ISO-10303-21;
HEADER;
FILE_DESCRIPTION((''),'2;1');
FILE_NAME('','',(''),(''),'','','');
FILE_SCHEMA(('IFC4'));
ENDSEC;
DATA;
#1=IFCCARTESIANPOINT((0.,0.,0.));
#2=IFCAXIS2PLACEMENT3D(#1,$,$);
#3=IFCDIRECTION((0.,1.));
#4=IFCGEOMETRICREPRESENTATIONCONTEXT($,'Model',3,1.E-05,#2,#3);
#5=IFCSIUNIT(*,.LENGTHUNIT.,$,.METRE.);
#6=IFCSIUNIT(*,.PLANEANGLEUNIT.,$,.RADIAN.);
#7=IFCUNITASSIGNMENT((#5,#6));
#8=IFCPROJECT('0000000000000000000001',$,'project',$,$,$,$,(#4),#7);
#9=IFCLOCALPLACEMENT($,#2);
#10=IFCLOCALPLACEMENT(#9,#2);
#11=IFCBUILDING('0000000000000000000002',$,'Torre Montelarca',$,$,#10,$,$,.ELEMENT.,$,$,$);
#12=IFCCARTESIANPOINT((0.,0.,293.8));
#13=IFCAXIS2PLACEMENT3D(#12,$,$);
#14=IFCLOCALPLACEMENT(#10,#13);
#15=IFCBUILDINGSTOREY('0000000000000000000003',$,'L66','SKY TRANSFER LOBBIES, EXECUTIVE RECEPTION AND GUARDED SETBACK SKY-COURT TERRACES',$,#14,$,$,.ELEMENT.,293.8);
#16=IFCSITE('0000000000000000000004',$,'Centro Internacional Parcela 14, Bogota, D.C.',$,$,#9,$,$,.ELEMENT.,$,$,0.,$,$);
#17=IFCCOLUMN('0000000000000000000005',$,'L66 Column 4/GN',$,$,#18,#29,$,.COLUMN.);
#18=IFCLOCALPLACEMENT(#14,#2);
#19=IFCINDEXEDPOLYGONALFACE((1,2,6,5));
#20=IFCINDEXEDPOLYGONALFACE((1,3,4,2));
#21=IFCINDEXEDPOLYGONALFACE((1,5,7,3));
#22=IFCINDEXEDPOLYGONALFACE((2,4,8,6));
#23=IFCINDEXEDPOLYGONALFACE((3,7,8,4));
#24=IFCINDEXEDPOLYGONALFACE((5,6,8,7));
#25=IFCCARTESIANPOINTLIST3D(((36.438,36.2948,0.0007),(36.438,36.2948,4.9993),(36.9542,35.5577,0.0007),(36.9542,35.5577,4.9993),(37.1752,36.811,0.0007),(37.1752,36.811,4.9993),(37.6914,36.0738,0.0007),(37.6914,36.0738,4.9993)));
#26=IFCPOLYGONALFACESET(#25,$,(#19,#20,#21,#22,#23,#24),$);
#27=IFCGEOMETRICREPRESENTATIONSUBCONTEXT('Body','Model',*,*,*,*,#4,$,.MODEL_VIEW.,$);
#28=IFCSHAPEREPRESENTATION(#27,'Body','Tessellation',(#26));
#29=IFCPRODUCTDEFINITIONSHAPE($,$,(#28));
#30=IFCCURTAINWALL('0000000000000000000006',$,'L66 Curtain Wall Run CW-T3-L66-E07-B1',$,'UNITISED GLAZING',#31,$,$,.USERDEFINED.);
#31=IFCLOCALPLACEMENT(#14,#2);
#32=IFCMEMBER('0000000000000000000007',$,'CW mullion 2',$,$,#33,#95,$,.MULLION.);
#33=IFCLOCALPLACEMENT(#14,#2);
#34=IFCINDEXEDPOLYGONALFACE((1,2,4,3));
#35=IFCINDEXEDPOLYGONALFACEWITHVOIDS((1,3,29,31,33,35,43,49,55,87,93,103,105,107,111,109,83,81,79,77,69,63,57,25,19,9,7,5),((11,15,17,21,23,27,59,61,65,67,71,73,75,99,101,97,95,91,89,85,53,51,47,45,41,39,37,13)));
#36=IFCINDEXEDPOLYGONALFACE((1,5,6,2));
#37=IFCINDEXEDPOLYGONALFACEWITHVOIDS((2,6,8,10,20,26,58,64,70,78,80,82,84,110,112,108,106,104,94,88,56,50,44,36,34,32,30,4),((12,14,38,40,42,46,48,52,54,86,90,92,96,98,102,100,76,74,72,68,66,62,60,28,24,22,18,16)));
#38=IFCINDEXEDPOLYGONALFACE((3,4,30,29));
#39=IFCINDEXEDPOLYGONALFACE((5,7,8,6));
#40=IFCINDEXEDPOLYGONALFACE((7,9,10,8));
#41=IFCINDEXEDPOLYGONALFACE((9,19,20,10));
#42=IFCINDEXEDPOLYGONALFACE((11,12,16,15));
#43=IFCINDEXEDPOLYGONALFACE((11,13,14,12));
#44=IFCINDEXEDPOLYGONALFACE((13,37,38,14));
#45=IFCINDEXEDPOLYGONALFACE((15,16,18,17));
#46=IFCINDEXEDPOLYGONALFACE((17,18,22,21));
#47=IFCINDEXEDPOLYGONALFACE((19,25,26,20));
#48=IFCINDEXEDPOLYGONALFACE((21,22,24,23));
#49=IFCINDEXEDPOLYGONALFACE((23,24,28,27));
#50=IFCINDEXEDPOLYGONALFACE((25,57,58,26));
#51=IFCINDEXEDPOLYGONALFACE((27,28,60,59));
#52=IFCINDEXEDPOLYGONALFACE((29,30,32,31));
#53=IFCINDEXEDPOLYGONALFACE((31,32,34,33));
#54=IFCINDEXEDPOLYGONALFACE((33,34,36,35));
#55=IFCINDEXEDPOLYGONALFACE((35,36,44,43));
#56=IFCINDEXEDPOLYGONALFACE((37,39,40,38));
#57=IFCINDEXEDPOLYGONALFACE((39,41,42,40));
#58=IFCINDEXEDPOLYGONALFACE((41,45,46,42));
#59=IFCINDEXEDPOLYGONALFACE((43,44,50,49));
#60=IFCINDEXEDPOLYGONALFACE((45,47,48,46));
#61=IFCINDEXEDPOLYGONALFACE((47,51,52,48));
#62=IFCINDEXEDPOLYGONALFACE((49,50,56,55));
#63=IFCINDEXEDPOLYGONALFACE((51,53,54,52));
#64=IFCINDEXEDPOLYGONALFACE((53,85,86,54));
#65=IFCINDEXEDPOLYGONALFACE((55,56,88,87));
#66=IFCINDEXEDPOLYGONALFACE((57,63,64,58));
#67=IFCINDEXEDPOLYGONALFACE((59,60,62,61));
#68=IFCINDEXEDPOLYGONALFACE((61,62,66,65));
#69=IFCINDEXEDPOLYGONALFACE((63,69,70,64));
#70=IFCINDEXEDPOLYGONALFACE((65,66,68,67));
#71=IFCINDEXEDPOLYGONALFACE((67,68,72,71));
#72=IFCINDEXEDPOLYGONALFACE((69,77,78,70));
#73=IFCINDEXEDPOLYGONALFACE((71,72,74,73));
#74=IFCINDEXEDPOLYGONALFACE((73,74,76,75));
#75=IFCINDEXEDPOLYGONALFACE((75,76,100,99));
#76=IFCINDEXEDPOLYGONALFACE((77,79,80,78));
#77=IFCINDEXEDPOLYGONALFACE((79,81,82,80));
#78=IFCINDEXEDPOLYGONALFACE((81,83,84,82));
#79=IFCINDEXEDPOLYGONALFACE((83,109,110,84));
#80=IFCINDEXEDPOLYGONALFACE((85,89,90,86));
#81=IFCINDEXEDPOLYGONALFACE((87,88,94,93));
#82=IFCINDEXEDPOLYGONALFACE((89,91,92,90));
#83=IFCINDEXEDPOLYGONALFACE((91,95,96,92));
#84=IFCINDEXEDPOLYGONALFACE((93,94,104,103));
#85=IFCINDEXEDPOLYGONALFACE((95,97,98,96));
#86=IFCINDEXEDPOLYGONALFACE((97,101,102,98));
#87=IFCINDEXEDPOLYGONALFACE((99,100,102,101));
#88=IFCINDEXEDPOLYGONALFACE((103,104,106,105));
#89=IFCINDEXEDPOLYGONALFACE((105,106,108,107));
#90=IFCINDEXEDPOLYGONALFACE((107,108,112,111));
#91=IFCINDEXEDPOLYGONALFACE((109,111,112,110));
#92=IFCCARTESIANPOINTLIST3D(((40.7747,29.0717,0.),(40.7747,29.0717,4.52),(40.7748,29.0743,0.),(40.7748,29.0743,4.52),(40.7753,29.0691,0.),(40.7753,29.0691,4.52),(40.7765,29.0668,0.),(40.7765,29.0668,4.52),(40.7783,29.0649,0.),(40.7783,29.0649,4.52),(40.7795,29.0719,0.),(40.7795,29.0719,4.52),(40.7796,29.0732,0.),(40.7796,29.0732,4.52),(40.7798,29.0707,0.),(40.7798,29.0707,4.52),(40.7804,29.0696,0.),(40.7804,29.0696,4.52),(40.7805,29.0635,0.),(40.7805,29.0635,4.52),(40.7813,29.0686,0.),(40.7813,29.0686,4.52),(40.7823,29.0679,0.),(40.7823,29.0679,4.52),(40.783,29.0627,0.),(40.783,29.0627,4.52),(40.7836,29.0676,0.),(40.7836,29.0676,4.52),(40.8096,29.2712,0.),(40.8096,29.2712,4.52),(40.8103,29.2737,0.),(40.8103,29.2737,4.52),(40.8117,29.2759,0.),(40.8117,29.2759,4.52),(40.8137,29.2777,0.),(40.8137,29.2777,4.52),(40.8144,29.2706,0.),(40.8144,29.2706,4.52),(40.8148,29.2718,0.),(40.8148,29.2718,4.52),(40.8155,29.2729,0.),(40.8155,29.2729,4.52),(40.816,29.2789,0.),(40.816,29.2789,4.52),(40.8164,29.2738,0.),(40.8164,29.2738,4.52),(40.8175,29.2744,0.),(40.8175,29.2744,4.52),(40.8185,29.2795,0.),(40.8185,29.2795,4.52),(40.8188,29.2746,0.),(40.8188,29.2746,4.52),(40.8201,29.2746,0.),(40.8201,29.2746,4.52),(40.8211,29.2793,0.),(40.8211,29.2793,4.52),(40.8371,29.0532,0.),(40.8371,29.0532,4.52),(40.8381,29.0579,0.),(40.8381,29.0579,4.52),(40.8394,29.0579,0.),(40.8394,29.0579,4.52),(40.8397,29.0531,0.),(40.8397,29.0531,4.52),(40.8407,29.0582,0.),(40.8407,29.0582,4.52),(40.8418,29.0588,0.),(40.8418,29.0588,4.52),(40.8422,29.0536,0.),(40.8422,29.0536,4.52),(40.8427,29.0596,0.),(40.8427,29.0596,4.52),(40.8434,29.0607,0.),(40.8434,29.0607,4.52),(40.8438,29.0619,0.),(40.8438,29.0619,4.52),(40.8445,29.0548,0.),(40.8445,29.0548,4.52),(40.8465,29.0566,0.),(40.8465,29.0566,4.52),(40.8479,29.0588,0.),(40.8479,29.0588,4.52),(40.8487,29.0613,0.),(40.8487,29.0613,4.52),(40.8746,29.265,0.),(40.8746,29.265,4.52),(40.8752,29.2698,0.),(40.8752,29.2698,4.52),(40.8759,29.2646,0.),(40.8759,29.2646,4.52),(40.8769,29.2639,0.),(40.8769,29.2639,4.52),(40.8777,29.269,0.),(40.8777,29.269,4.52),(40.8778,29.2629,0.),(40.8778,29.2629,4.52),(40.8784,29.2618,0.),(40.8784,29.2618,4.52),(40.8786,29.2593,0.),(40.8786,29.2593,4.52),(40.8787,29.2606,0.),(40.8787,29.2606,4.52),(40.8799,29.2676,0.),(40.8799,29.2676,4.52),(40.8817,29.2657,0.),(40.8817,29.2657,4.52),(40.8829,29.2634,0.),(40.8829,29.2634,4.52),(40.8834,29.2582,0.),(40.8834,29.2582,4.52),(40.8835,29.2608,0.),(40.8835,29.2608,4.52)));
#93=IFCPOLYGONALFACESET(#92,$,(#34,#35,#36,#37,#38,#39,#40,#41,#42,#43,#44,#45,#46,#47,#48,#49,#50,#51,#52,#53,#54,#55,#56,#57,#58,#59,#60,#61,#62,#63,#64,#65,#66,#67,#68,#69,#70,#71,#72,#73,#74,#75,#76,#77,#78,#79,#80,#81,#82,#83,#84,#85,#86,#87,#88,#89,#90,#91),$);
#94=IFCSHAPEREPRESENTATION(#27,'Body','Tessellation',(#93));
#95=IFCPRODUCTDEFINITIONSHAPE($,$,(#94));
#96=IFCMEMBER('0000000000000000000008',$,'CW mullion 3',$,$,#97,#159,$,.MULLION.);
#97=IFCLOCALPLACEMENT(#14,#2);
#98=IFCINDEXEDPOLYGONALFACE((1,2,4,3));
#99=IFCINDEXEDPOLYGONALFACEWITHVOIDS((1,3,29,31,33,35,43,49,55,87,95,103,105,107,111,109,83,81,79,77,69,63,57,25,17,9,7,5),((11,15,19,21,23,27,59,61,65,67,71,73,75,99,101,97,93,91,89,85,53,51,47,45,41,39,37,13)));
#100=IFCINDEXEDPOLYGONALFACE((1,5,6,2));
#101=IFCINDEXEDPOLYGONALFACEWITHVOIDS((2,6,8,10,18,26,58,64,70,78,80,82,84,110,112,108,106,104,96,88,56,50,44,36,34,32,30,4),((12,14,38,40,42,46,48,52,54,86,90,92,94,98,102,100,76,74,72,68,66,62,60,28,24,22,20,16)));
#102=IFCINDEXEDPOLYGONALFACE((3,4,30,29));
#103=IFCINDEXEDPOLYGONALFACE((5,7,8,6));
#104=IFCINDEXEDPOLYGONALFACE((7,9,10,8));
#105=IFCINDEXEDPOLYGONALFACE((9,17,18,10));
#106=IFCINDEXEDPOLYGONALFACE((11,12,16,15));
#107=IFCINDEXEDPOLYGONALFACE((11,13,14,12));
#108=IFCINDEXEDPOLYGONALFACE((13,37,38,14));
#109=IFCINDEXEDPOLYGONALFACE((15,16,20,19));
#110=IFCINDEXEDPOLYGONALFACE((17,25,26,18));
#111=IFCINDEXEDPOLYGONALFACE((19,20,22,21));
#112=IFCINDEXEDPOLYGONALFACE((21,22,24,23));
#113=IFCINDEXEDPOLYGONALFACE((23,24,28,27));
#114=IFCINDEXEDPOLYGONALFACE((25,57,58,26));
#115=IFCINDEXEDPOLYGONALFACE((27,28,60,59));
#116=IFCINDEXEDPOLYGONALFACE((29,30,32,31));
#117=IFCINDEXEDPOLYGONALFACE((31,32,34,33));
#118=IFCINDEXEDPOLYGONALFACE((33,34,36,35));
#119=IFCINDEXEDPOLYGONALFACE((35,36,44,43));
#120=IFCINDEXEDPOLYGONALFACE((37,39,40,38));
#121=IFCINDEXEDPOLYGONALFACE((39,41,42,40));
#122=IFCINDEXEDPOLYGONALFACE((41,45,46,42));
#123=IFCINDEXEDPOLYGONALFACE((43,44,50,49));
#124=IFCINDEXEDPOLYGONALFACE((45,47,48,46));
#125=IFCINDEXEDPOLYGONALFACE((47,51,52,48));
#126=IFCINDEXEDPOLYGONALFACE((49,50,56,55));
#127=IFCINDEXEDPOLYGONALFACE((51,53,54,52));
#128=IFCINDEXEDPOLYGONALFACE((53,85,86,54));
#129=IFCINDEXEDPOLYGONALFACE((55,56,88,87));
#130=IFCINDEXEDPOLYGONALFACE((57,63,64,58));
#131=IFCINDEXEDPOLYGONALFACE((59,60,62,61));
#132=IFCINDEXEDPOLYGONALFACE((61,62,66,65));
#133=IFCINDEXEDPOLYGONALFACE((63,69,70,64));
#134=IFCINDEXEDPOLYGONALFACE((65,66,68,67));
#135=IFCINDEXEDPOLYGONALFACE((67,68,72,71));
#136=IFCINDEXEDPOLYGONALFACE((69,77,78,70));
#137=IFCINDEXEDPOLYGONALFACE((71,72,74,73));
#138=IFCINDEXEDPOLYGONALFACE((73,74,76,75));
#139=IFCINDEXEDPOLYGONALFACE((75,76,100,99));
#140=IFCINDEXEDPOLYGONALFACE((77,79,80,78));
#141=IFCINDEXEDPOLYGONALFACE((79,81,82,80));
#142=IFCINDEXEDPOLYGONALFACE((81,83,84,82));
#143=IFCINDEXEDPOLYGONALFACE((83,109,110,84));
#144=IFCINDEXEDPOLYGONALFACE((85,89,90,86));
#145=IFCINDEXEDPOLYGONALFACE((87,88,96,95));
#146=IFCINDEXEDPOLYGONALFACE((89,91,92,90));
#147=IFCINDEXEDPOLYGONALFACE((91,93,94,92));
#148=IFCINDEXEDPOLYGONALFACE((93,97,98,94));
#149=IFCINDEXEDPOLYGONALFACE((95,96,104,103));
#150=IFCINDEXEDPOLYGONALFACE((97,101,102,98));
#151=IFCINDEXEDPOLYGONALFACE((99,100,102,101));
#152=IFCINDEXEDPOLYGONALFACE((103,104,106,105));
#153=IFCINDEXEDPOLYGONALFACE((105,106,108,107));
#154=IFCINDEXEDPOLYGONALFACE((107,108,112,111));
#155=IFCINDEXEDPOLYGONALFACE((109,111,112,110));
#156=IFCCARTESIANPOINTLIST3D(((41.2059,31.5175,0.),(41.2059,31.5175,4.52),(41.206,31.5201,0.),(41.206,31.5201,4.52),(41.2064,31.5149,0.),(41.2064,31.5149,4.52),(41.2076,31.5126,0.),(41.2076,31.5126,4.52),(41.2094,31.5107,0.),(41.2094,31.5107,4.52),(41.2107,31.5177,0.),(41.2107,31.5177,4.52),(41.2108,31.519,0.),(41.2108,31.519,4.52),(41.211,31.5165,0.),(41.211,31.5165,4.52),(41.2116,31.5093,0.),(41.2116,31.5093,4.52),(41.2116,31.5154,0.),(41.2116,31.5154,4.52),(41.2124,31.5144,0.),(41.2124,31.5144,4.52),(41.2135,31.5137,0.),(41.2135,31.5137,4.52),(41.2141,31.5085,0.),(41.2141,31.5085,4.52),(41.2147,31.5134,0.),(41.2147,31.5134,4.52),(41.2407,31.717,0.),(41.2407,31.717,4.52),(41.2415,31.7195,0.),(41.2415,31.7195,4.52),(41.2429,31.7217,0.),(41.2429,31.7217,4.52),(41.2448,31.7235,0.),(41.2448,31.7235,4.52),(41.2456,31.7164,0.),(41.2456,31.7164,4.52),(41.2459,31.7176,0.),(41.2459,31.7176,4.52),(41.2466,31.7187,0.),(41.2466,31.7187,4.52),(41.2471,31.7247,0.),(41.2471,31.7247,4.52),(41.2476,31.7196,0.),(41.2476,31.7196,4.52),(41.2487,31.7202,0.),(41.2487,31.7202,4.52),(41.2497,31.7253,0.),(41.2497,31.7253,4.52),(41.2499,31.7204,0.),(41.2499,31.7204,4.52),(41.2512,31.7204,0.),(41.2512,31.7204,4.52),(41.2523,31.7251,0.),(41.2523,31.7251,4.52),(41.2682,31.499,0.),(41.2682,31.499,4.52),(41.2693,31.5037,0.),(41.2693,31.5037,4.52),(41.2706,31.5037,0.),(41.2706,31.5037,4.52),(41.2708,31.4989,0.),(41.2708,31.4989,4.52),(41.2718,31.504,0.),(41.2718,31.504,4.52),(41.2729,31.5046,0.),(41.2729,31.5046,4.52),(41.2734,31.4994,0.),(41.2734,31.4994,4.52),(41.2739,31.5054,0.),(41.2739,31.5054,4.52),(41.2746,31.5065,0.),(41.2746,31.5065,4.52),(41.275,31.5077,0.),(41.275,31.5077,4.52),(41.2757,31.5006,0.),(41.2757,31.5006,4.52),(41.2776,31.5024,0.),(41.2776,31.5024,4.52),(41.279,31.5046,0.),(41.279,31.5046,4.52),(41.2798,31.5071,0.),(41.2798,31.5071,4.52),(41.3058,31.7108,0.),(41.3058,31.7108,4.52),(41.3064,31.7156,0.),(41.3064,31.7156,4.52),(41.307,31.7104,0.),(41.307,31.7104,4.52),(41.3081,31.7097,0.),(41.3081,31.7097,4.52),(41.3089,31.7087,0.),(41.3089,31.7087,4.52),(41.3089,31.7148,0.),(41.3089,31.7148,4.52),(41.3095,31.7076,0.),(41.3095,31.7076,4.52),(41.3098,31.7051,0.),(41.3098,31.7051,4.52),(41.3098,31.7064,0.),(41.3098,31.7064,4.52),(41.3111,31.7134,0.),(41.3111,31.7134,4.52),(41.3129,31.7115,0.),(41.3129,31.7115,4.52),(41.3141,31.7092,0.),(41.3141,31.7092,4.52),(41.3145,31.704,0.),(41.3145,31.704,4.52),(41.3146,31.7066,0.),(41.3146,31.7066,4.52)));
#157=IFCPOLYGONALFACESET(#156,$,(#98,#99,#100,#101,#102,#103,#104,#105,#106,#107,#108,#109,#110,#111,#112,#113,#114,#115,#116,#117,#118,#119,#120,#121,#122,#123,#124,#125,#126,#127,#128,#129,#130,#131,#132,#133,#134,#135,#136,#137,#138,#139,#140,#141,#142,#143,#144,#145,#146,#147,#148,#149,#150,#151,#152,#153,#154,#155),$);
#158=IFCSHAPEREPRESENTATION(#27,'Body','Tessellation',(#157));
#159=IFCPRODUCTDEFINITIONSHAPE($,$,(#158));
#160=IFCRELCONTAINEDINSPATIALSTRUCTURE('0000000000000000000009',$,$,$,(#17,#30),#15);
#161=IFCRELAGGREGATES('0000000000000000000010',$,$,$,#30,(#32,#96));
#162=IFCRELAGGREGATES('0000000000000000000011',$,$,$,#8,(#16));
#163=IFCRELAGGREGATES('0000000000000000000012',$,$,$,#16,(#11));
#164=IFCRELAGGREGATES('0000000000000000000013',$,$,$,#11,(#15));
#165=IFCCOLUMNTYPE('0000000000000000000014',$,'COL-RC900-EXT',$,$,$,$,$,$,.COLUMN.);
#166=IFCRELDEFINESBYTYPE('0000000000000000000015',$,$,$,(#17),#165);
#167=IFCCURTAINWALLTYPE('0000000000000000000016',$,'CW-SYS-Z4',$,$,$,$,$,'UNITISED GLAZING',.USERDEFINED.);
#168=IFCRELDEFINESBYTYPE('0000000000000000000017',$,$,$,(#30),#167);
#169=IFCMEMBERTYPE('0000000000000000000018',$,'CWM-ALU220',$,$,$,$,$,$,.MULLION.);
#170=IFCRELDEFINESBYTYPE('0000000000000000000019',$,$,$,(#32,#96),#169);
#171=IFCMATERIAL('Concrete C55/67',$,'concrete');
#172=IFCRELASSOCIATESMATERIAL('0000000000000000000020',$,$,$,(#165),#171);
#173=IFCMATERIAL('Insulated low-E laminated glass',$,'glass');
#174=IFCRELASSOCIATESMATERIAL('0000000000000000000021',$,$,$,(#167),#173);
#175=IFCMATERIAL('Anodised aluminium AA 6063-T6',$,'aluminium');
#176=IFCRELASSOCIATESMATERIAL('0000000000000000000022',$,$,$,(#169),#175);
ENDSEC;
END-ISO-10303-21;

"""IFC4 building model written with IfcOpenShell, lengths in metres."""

from ifc_helpers import new_model, si_unit, direction, frame, origin, origin_2d, place, context, subcontext, project, spatial, rectangle, hollow_rectangle, extrude, source, transform, mapped, material, material_profile, profile_set, type_object, element, aggregate, save


model = new_model("IFC4")

# Units and contexts
model_context = context("Model", 3, precision=1e-05, world=origin(), true_north=direction((0.0, 1.0)))
body_context = subcontext(model_context, "Body", "Model", "MODEL_VIEW")
ifc_project = project(units=[si_unit("LENGTHUNIT", "METRE"), si_unit("PLANEANGLEUNIT", "RADIAN")], contexts=[model_context])

# Site, building, storey
site_placement = place(None, origin())
site = spatial("IfcSite", under=ifc_project, at=site_placement, Name="Centro Internacional Parcela 14, Bogota, D.C.", CompositionType="ELEMENT", RefElevation=0.0)
building_placement = place(site_placement, origin())
building = spatial("IfcBuilding", under=site, at=building_placement, Name="Torre Montelarca", CompositionType="ELEMENT")
storey_placement = place(building_placement, frame((0.0, 0.0, 293.8)))
storey = spatial("IfcBuildingStorey", under=building, at=storey_placement, Name="L66", Description="SKY TRANSFER LOBBIES, EXECUTIVE RECEPTION AND GUARDED SETBACK SKY-COURT TERRACES", CompositionType="ELEMENT", Elevation=293.8)

# Column
ifc_material_1 = material(Name="Concrete C55/67", Category="concrete")
ifc_material_profile_1 = material_profile(ifc_material_1, rectangle(XDim=0.8999, YDim=0.8999, at=origin_2d()), Name="RC900X900", Category="concrete")
ifc_profile_set_1 = profile_set([ifc_material_profile_1], Name="Concrete C55/67")
column_type = type_object("IfcColumnType", Name="COL-RC900-EXT", PredefinedType="COLUMN", material=ifc_profile_set_1)
shared_shape_1 = source(origin(), body_context, "Body", "SweptSolid", [
    extrude(rectangle(XDim=0.8999, YDim=0.8999, at=origin_2d()), origin(), (0.0, 0.0, 1.0), 4.9985),
])
column_placement = place(storey_placement, frame((37.0647, 36.1843, 0.0007), z_axis=(0.0, 0.0, 1.0), x_axis=(-0.573576, 0.819152, 0.0)))
element("IfcColumn", 1, at=column_placement, inside=storey, type_object=column_type, Name="L66 Column 4/GN", PredefinedType="COLUMN", context=body_context, shape_type="MappedRepresentation", body=[
    mapped(shared_shape_1, transform((0.0, 0.0, 0.0), scale=1.0)),
])

# Curtain wall, members
ifc_material_2 = material(Name="Insulated low-E laminated glass", Category="glass")
curtain_wall_type = type_object("IfcCurtainWallType", Name="CW-SYS-Z4", ElementType="UNITISED GLAZING", PredefinedType="USERDEFINED", material=ifc_material_2)
curtain_wall_1_placement = place(storey_placement, origin())
curtain_wall_1 = element("IfcCurtainWall", 2, at=curtain_wall_1_placement, inside=storey, type_object=curtain_wall_type, Name="L66 Curtain Wall Run CW-T3-L66-E07-B1", ObjectType="UNITISED GLAZING", PredefinedType="USERDEFINED")
ifc_material_3 = material(Name="Anodised aluminium AA 6063-T6", Category="aluminium")
ifc_material_profile_2 = material_profile(ifc_material_3, hollow_rectangle(XDim=0.075, YDim=0.22, WallThickness=0.0049, InnerFilletRadius=0.0049, OuterFilletRadius=0.01, at=origin_2d()), Name="ALU75X220X5", Category="aluminium")
ifc_profile_set_2 = profile_set([ifc_material_profile_2], Name="Anodised aluminium AA 6063-T6")
member_type_1 = type_object("IfcMemberType", Name="CWM-ALU220", PredefinedType="MULLION", material=ifc_profile_set_2)
shared_shape_2 = source(origin(), body_context, "Body", "SweptSolid", [
    extrude(hollow_rectangle(XDim=0.075, YDim=0.22, WallThickness=0.0049, InnerFilletRadius=0.0049, OuterFilletRadius=0.01, at=origin_2d()), origin(), (0.0, 0.0, 1.0), 4.52),
])
member_1_placement = place(storey_placement, frame((40.8291, 29.1663, 0.0), z_axis=(0.0, 0.0, 1.0), x_axis=(-0.984814, 0.173612, 0.0)))
member_1 = element("IfcMember", 3, at=member_1_placement, type_object=member_type_1, Name="CW mullion 2", PredefinedType="MULLION", context=body_context, shape_type="MappedRepresentation", body=[
    mapped(shared_shape_2, transform((0.0, 0.0, 0.0), scale=1.0)),
])
member_2_placement = place(storey_placement, frame((41.2603, 31.6121, 0.0), z_axis=(0.0, 0.0, 1.0), x_axis=(-0.984814, 0.173612, 0.0)))
member_2 = element("IfcMember", 4, at=member_2_placement, type_object=member_type_1, Name="CW mullion 3", PredefinedType="MULLION", context=body_context, shape_type="MappedRepresentation", body=[
    mapped(shared_shape_2, transform((0.0, 0.0, 0.0), scale=1.0)),
])

aggregate(curtain_wall_1, [member_1, member_2])

save(model, "model.ifc")
